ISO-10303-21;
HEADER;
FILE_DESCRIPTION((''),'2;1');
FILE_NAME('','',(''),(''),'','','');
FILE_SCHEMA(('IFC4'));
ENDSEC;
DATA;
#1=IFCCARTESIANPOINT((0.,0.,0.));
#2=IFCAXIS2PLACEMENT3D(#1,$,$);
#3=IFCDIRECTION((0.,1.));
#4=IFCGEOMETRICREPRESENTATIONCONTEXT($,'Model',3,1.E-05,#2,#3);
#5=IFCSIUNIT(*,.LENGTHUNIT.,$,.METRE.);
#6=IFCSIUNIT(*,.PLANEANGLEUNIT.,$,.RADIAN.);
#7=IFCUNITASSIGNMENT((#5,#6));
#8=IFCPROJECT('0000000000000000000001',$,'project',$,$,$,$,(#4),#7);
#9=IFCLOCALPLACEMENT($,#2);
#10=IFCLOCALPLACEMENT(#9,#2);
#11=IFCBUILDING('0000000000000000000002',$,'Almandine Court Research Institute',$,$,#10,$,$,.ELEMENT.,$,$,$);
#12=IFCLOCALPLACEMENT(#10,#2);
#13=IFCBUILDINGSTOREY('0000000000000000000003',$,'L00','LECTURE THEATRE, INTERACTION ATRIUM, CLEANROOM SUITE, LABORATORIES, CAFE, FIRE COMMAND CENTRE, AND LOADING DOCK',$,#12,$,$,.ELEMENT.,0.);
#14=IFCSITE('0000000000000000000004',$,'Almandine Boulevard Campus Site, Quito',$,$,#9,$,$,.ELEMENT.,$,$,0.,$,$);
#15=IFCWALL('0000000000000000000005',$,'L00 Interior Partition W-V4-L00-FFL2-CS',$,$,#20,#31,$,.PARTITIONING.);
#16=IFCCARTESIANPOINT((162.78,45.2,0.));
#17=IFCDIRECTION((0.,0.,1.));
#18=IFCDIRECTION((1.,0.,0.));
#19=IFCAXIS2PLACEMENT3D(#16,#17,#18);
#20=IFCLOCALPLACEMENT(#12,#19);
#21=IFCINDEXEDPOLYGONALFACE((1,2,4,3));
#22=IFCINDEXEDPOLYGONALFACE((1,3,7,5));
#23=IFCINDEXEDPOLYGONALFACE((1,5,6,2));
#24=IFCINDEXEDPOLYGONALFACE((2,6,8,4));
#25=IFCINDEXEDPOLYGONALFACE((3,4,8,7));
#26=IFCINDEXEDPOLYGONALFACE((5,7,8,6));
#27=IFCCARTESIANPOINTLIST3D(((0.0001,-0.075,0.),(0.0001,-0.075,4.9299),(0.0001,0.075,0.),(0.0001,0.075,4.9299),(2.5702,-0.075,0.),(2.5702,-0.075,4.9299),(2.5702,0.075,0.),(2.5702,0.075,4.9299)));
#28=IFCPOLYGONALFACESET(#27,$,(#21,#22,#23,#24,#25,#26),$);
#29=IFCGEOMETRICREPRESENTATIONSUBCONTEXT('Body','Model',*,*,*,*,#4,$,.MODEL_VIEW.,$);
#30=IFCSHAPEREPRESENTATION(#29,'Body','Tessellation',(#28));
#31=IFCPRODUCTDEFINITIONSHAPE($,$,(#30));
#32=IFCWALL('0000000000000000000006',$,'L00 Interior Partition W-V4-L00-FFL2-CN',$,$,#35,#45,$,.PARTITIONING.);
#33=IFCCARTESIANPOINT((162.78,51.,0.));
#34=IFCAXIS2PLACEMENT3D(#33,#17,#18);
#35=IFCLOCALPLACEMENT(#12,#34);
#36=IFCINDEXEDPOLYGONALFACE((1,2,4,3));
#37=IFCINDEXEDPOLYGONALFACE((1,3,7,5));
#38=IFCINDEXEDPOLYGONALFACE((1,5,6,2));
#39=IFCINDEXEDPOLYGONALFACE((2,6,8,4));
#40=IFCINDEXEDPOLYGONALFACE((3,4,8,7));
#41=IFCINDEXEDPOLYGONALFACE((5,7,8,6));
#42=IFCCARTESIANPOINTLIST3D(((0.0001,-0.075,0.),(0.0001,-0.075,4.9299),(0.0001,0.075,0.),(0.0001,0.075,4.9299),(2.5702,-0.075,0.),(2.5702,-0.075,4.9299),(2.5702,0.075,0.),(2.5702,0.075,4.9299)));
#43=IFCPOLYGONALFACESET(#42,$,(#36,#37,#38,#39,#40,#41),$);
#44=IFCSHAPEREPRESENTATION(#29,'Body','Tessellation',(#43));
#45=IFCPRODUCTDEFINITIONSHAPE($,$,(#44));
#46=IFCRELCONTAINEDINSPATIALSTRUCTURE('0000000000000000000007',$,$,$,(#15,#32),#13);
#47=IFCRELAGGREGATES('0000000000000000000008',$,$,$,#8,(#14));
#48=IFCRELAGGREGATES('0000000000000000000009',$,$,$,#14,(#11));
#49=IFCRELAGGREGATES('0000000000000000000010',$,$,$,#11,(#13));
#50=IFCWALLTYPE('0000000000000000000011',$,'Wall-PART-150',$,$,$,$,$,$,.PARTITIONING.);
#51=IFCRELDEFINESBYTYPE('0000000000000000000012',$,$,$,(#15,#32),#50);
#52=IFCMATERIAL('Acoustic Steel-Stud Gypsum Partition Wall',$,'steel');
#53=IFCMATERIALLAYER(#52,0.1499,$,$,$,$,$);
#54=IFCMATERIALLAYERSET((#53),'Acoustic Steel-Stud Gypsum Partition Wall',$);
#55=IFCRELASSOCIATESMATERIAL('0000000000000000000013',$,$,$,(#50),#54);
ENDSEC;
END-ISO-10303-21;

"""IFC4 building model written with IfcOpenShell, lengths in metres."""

from ifc_helpers import new_model, si_unit, direction, frame, frame_2d, origin, place, context, subcontext, project, spatial, rectangle, extrude, material, layer, layer_set, type_object, element, save


model = new_model("IFC4")

# Units and contexts
model_context = context("Model", 3, precision=1e-05, world=origin(), true_north=direction((0.0, 1.0)))
body_context = subcontext(model_context, "Body", "Model", "MODEL_VIEW")
ifc_project = project(units=[si_unit("LENGTHUNIT", "METRE"), si_unit("PLANEANGLEUNIT", "RADIAN")], contexts=[model_context])

# Site, building, storey
site_placement = place(None, origin())
site = spatial("IfcSite", under=ifc_project, at=site_placement, Name="Almandine Boulevard Campus Site, Quito", CompositionType="ELEMENT", RefElevation=0.0)
building_placement = place(site_placement, origin())
building = spatial("IfcBuilding", under=site, at=building_placement, Name="Almandine Court Research Institute", CompositionType="ELEMENT")
storey_placement = place(building_placement, origin())
storey = spatial("IfcBuildingStorey", under=building, at=storey_placement, Name="L00", Description="LECTURE THEATRE, INTERACTION ATRIUM, CLEANROOM SUITE, LABORATORIES, CAFE, FIRE COMMAND CENTRE, AND LOADING DOCK", CompositionType="ELEMENT", Elevation=0.0)

# Shared definitions
ifc_material_1 = material(Name="Acoustic Steel-Stud Gypsum Partition Wall", Category="steel")
ifc_layer_1 = layer(ifc_material_1, 0.1499)
ifc_layer_set_1 = layer_set([ifc_layer_1], Name="Acoustic Steel-Stud Gypsum Partition Wall")
wall_type_1 = type_object("IfcWallType", Name="Wall-PART-150", PredefinedType="PARTITIONING", material=ifc_layer_set_1)

# Walls
for number, where, z_axis, x_axis, name in (
    (1, (162.78, 45.2, 0.0), (0.0, 0.0, 1.0), (1.0, 0.0, 0.0), "L00 Interior Partition W-V4-L00-FFL2-CS"),
    (2, (162.78, 51.0, 0.0), (0.0, 0.0, 1.0), (1.0, 0.0, 0.0), "L00 Interior Partition W-V4-L00-FFL2-CN"),
):
    element("IfcWall", number, at=place(storey_placement, frame(where, z_axis=z_axis, x_axis=x_axis)), inside=storey, type_object=wall_type_1, Name=name, PredefinedType="PARTITIONING", context=body_context, shape_type="SweptSolid", body=[
        extrude(rectangle(XDim=2.5701, YDim=0.1499, at=frame_2d((1.2852, 0.0))), origin(), (0.0, 0.0, 1.0), 4.9299),
    ])

save(model, "model.ifc")
